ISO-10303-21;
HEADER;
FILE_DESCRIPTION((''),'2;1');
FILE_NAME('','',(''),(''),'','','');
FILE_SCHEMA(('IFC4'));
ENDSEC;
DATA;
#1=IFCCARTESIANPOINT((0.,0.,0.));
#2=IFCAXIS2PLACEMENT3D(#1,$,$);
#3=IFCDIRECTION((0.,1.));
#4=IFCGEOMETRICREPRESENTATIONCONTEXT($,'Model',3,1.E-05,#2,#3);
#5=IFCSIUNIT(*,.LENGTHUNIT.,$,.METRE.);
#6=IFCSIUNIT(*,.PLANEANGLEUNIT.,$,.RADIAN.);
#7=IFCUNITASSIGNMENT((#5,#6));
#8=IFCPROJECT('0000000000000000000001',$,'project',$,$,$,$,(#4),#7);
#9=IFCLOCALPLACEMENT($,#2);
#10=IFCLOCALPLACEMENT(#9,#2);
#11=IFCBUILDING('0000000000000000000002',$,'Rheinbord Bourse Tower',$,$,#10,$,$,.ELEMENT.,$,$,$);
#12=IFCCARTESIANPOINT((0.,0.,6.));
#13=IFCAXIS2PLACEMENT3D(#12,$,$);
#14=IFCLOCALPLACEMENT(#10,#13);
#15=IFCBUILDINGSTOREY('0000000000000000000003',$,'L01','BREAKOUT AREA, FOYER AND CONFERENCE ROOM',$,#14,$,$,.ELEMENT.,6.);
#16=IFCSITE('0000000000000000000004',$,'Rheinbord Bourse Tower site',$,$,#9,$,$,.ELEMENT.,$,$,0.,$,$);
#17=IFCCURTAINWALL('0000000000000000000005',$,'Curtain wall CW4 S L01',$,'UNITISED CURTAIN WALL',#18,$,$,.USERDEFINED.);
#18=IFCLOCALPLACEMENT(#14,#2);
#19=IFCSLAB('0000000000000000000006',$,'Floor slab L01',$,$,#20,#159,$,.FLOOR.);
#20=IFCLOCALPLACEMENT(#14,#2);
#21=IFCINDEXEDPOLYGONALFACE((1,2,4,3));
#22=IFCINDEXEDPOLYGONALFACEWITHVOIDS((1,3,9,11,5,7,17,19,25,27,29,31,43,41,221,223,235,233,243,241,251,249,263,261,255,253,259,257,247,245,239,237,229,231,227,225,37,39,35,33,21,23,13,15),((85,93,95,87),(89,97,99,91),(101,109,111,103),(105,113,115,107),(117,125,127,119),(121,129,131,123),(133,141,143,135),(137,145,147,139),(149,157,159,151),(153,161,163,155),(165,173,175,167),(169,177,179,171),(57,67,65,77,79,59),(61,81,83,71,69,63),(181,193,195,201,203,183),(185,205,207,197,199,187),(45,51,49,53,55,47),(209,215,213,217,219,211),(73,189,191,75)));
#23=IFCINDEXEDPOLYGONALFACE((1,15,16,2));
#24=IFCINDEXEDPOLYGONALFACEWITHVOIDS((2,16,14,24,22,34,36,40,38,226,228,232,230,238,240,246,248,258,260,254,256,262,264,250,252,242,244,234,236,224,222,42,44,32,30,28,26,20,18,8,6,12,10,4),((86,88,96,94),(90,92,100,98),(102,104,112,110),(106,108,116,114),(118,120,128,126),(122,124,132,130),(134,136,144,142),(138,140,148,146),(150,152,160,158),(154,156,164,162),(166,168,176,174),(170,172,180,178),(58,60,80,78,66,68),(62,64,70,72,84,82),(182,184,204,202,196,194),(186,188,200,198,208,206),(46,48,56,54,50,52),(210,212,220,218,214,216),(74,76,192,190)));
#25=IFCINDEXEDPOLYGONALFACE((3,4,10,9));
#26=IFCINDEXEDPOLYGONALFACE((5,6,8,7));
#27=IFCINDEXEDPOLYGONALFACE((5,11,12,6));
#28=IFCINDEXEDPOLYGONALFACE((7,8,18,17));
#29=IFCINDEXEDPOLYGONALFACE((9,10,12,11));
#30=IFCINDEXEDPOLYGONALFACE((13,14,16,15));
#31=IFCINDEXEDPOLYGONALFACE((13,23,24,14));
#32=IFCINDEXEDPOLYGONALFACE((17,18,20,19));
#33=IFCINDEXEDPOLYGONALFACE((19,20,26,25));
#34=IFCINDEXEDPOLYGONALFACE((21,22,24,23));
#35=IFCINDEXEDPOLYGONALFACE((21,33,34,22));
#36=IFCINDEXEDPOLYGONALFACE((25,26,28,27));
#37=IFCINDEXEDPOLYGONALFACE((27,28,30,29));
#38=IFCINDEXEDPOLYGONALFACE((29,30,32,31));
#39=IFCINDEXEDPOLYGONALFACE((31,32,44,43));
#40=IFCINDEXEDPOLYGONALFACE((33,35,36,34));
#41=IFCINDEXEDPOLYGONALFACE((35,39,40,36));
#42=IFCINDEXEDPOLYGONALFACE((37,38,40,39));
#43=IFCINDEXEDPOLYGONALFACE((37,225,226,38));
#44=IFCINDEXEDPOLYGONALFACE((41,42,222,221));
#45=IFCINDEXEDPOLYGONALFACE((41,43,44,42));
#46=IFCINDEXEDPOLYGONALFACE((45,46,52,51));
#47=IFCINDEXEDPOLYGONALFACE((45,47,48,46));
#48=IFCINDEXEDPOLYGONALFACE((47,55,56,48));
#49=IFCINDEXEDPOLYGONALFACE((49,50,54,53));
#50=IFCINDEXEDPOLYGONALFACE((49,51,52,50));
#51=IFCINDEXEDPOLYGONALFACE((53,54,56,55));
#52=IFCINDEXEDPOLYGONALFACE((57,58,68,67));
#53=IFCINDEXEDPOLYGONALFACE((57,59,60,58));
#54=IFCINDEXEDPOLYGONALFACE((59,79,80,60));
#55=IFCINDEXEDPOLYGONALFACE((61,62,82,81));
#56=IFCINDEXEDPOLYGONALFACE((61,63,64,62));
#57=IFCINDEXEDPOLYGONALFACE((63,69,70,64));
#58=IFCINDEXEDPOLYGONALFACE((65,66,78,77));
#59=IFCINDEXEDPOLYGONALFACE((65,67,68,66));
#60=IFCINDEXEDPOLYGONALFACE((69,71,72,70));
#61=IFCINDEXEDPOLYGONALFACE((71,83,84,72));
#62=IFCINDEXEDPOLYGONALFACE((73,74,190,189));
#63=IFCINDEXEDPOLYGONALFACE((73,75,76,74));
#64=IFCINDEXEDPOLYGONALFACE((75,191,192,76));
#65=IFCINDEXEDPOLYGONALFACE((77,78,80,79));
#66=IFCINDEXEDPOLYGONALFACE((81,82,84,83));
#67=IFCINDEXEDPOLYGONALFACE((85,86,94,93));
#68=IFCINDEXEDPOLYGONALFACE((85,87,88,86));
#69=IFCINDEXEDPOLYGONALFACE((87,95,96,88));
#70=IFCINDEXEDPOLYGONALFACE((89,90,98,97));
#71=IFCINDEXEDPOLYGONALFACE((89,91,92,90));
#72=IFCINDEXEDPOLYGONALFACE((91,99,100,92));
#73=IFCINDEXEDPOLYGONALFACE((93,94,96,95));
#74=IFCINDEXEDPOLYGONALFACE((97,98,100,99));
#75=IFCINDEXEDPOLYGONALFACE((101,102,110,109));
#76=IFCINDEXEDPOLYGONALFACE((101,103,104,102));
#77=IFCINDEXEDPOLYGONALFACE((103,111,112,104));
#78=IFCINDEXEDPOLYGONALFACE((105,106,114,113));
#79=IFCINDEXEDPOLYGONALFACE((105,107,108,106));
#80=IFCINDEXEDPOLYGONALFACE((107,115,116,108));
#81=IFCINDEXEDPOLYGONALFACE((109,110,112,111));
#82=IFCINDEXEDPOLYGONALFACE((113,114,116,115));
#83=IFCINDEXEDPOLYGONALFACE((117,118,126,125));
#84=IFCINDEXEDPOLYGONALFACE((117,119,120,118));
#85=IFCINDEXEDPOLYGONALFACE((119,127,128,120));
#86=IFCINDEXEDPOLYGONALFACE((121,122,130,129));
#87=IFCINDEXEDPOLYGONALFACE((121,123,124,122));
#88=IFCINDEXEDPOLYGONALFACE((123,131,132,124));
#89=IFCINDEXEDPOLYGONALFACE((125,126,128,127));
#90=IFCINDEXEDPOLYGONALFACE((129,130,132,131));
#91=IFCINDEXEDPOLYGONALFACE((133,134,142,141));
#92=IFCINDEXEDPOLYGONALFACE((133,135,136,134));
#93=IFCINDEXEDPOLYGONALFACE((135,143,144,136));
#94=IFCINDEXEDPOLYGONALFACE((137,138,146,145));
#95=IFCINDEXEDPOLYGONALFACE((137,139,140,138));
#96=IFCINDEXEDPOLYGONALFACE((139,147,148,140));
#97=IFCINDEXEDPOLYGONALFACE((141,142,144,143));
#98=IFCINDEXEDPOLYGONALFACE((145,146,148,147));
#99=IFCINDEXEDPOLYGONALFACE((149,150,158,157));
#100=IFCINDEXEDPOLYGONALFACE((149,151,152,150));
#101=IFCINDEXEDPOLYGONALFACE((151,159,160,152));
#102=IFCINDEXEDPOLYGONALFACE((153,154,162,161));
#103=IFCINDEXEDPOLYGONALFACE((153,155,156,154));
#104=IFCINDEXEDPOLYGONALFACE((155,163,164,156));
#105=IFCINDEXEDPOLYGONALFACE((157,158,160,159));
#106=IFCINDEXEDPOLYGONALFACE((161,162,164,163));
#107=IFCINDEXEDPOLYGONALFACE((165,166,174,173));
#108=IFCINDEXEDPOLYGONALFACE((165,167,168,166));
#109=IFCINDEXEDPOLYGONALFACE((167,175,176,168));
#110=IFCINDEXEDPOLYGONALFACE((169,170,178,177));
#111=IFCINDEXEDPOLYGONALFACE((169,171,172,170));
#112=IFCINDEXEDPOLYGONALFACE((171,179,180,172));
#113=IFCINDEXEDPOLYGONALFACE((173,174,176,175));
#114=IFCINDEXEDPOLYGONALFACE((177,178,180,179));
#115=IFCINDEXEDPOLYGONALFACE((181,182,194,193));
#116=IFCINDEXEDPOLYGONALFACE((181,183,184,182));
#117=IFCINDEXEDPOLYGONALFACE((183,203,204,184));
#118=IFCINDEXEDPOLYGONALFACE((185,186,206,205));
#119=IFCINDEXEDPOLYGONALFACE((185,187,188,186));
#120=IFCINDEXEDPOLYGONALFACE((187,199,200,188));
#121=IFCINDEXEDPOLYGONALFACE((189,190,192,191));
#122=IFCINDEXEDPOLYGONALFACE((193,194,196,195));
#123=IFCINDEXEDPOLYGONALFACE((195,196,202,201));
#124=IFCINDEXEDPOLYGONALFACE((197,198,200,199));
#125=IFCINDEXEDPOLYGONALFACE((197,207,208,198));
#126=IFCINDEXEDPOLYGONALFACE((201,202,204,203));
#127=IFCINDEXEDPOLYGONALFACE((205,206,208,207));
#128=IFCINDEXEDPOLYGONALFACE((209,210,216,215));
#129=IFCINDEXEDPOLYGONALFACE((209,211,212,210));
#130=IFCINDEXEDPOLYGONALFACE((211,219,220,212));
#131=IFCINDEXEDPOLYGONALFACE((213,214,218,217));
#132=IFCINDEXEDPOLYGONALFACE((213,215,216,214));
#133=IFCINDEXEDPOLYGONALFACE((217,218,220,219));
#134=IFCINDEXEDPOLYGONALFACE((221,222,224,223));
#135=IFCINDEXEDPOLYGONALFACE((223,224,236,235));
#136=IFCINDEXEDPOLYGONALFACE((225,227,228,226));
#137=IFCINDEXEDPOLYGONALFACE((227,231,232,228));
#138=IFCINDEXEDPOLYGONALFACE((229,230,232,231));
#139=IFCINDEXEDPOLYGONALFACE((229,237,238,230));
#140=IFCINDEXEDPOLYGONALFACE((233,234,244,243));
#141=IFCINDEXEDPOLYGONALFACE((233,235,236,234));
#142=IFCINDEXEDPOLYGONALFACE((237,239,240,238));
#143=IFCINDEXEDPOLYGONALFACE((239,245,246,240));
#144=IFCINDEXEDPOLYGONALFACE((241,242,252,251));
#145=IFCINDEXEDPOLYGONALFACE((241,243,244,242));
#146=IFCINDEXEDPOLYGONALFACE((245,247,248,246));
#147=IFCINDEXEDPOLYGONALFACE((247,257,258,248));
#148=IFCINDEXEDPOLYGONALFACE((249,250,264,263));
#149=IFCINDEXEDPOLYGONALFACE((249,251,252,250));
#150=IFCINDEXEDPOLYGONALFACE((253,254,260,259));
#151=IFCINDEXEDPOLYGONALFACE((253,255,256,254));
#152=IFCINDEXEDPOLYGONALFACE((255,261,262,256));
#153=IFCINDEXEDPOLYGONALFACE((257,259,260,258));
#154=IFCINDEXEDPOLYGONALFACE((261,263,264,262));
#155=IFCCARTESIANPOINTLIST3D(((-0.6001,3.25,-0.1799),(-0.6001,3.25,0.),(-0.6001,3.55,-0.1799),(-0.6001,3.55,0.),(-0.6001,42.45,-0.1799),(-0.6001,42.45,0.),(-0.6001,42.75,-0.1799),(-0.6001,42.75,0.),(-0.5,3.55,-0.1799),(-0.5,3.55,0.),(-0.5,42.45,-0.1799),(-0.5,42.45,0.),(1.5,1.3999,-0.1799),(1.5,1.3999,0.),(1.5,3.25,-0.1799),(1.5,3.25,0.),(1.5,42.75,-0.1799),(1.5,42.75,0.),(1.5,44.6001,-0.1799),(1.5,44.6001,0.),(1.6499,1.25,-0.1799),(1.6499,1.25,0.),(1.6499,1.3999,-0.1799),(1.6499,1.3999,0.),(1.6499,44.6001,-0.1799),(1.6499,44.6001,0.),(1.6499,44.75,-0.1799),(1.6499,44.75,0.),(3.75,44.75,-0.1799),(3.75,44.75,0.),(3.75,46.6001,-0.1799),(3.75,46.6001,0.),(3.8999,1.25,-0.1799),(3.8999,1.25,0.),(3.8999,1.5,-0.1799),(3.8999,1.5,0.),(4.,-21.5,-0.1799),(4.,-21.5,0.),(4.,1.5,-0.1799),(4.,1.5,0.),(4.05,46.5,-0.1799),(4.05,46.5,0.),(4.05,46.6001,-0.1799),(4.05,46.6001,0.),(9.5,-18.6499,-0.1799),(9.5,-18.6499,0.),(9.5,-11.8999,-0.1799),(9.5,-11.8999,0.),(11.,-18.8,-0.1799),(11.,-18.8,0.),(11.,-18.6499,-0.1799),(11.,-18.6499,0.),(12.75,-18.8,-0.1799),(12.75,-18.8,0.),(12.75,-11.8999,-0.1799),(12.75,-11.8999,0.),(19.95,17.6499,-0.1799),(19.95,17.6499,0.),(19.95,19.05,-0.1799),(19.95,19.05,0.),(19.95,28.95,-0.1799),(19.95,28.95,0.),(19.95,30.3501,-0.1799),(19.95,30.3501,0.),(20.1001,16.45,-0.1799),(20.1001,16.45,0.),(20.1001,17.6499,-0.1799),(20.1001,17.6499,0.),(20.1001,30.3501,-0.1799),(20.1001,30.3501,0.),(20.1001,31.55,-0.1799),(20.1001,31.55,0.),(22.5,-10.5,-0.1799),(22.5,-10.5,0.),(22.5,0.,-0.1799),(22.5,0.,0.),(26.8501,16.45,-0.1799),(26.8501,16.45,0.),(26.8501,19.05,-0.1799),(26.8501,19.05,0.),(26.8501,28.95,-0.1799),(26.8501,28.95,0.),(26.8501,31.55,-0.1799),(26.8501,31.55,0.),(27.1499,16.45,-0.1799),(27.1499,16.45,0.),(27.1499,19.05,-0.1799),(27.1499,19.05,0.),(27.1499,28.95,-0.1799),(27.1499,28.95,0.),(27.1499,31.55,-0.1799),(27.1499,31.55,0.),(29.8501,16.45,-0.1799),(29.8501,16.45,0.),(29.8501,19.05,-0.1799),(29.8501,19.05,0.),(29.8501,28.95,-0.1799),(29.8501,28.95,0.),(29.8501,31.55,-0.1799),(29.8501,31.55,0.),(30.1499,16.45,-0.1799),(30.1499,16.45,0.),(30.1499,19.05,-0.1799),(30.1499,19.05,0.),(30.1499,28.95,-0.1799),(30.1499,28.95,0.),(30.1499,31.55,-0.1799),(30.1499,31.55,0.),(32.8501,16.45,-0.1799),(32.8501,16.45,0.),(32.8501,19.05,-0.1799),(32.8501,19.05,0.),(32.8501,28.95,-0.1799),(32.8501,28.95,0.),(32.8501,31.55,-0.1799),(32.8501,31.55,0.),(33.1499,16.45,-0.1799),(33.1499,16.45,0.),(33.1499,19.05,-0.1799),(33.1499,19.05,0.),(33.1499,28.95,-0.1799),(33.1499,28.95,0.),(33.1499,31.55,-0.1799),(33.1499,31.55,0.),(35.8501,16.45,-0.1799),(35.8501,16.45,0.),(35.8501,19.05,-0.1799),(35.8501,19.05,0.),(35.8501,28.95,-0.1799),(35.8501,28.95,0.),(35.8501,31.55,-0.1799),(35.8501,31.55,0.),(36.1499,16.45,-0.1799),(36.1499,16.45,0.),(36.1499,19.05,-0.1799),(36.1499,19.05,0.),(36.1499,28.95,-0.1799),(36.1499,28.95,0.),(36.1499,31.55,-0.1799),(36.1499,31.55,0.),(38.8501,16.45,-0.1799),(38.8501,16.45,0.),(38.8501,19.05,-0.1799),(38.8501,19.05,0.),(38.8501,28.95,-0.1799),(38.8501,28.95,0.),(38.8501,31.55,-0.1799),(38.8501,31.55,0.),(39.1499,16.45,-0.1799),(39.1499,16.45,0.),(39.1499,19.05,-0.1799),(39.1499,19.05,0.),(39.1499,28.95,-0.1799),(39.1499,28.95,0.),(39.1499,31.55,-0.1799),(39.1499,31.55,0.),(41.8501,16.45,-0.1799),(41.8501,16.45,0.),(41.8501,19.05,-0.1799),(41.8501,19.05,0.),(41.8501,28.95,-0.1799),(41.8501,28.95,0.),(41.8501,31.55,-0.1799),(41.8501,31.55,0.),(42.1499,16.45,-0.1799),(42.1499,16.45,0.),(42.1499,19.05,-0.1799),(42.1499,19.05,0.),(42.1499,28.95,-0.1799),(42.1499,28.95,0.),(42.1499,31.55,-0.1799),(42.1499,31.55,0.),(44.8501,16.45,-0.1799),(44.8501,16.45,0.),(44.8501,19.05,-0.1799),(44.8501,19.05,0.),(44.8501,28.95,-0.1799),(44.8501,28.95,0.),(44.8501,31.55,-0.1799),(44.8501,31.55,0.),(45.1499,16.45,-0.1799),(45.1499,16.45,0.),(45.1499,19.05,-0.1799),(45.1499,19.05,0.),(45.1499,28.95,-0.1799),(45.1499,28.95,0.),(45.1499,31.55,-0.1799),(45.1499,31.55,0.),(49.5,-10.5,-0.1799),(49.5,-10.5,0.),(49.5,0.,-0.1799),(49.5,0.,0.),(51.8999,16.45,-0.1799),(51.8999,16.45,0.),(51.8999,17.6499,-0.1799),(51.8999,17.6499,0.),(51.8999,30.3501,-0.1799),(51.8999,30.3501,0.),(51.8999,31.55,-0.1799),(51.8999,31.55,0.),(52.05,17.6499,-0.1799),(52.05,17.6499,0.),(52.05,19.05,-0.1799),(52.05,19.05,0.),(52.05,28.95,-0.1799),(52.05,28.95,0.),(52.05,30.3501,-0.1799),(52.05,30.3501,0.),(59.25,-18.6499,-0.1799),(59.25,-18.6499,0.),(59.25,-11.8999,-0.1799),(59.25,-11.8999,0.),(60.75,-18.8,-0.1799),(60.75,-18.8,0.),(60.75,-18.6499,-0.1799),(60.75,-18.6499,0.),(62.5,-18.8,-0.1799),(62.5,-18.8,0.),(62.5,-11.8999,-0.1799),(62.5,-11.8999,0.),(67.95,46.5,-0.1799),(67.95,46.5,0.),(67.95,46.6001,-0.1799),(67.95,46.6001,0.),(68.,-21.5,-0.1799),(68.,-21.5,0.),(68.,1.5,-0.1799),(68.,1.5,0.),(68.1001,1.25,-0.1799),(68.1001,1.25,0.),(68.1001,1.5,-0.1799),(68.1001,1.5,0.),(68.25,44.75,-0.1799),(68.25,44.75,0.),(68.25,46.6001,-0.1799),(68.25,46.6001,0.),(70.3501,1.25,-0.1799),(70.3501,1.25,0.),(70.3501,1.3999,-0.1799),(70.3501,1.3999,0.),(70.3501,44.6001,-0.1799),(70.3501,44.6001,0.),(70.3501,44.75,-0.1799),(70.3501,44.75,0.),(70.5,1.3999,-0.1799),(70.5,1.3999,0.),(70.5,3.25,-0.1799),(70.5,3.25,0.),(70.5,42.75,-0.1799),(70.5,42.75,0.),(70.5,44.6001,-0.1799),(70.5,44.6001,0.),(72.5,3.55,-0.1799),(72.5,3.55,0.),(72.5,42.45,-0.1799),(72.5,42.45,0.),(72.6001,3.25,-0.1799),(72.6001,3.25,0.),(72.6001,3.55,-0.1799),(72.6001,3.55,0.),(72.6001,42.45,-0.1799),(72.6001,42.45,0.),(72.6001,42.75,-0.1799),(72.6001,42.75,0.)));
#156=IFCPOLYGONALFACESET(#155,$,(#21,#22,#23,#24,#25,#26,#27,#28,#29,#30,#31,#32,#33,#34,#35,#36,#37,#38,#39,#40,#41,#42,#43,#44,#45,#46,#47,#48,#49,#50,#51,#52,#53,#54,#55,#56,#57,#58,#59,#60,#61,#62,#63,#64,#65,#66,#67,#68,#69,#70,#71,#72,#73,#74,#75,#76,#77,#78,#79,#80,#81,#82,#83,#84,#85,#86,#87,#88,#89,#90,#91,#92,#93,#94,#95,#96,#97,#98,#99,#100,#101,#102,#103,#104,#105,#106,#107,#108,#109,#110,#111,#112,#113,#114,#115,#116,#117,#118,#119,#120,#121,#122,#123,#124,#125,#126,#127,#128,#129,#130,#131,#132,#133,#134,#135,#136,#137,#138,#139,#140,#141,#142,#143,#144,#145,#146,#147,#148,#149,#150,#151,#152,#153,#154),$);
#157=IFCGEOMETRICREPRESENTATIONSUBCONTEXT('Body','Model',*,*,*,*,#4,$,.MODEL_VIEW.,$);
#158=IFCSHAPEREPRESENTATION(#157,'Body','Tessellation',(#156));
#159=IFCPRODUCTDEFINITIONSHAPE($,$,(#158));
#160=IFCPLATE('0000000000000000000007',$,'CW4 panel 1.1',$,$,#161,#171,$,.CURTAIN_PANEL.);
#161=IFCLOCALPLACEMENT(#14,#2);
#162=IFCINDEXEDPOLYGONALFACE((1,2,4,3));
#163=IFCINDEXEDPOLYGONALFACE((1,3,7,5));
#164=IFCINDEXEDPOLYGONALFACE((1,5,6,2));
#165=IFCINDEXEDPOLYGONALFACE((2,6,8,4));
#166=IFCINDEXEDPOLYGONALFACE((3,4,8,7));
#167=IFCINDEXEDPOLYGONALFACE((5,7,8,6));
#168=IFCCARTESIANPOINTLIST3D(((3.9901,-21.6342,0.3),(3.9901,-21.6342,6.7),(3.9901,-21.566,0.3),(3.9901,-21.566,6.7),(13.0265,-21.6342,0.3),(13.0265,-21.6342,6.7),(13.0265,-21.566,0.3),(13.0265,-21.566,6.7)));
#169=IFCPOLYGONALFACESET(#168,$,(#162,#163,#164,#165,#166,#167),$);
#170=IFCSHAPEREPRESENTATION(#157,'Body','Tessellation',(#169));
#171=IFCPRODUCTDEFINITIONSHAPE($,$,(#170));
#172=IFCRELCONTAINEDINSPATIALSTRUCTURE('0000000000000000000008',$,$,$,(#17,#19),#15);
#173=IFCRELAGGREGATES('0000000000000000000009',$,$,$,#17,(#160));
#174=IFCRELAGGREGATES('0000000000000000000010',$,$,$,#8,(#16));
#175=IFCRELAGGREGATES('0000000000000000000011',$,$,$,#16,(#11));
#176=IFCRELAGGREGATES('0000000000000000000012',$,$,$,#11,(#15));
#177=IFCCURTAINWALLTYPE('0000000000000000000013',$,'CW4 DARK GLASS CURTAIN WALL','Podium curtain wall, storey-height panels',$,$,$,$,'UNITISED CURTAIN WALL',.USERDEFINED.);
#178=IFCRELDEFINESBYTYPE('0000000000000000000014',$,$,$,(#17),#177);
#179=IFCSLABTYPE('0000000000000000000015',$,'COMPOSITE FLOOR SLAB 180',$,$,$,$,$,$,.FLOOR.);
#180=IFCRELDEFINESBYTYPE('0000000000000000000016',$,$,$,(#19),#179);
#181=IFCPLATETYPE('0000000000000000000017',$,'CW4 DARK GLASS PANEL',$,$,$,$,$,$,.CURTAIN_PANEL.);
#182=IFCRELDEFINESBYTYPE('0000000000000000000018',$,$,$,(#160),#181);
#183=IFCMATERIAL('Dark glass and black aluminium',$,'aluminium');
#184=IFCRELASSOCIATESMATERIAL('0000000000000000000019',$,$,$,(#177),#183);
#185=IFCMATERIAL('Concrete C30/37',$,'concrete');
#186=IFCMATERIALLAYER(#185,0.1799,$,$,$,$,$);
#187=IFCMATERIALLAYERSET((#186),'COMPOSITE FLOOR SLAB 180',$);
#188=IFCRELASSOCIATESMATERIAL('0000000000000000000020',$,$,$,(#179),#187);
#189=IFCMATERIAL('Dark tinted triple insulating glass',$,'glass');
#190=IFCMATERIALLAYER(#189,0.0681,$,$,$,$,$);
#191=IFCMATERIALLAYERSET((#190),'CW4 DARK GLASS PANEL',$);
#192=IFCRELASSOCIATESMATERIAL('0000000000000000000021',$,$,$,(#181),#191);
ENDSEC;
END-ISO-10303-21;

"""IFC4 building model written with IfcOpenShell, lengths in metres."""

from ifc_helpers import new_model, si_unit, direction, frame, origin, origin_2d, place, context, subcontext, project, spatial, polyline, rectangle, outline, extrude, material, layer, layer_set, type_object, element, aggregate, save


model = new_model("IFC4")

# Units and contexts
model_context = context("Model", 3, precision=1e-05, world=origin(), true_north=direction((0.0, 1.0)))
body_context = subcontext(model_context, "Body", "Model", "MODEL_VIEW")
ifc_project = project(units=[si_unit("LENGTHUNIT", "METRE"), si_unit("PLANEANGLEUNIT", "RADIAN")], contexts=[model_context])

# Site, building, storey
site_placement = place(None, origin())
site = spatial("IfcSite", under=ifc_project, at=site_placement, Name="Rheinbord Bourse Tower site", CompositionType="ELEMENT", RefElevation=0.0)
building_placement = place(site_placement, origin())
building = spatial("IfcBuilding", under=site, at=building_placement, Name="Rheinbord Bourse Tower", CompositionType="ELEMENT")
storey_placement = place(building_placement, frame((0.0, 0.0, 6.0)))
storey = spatial("IfcBuildingStorey", under=building, at=storey_placement, Name="L01", Description="BREAKOUT AREA, FOYER AND CONFERENCE ROOM", CompositionType="ELEMENT", Elevation=6.0)

# Curtain wall
ifc_material_1 = material(Name="Dark glass and black aluminium", Category="aluminium")
curtain_wall_type = type_object("IfcCurtainWallType", Name="CW4 DARK GLASS CURTAIN WALL", Description="Podium curtain wall, storey-height panels", ElementType="UNITISED CURTAIN WALL", PredefinedType="USERDEFINED", material=ifc_material_1)
curtain_wall_1_placement = place(storey_placement, origin())
curtain_wall_1 = element("IfcCurtainWall", 1, at=curtain_wall_1_placement, inside=storey, type_object=curtain_wall_type, Name="Curtain wall CW4 S L01", ObjectType="UNITISED CURTAIN WALL", PredefinedType="USERDEFINED")

# Slab
ifc_material_2 = material(Name="Concrete C30/37", Category="concrete")
ifc_layer_1 = layer(ifc_material_2, 0.1799)
ifc_layer_set_1 = layer_set([ifc_layer_1], Name="COMPOSITE FLOOR SLAB 180")
slab_type_1 = type_object("IfcSlabType", Name="COMPOSITE FLOOR SLAB 180", PredefinedType="FLOOR", material=ifc_layer_set_1)
slab_1_placement = place(storey_placement, frame((0.0, 0.0, -0.1799)))
element("IfcSlab", 2, at=slab_1_placement, inside=storey, type_object=slab_type_1, Name="Floor slab L01", PredefinedType="FLOOR", context=body_context, shape_type="SweptSolid", body=[
    extrude(outline(polyline([(1.6499, 1.3999), (1.5, 1.3999), (1.5, 3.25), (-0.6001, 3.25), (-0.6001, 3.55), (-0.5, 3.55), (-0.5, 42.45), (-0.6001, 42.45), (-0.6001, 42.75), (1.5, 42.75), (1.5, 44.6001), (1.6499, 44.6001), (1.6499, 44.75), (3.75, 44.75), (3.75, 46.6001), (4.05, 46.6001), (4.05, 46.5), (67.95, 46.5), (67.95, 46.6001), (68.25, 46.6001), (68.25, 44.75), (70.3501, 44.75), (70.3501, 44.6001), (70.5, 44.6001), (70.5, 42.75), (72.6001, 42.75), (72.6001, 42.45), (72.5, 42.45), (72.5, 3.55), (72.6001, 3.55), (72.6001, 3.25), (70.5, 3.25), (70.5, 1.3999), (70.3501, 1.3999), (70.3501, 1.25), (68.1001, 1.25), (68.1001, 1.5), (68.0, 1.5), (68.0, -21.5), (4.0, -21.5), (4.0, 1.5), (3.8999, 1.5), (3.8999, 1.25), (1.6499, 1.25), (1.6499, 1.3999)]), holes=[polyline([(19.95, 19.05), (26.8501, 19.05), (26.8501, 16.45), (20.1001, 16.45), (20.1001, 17.6499), (19.95, 17.6499), (19.95, 19.05)]), polyline([(26.8501, 31.55), (26.8501, 28.95), (19.95, 28.95), (19.95, 30.3501), (20.1001, 30.3501), (20.1001, 31.55), (26.8501, 31.55)]), polyline([(45.1499, 16.45), (45.1499, 19.05), (52.05, 19.05), (52.05, 17.6499), (51.8999, 17.6499), (51.8999, 16.45), (45.1499, 16.45)]), polyline([(52.05, 28.95), (45.1499, 28.95), (45.1499, 31.55), (51.8999, 31.55), (51.8999, 30.3501), (52.05, 30.3501), (52.05, 28.95)]), polyline([(9.5, -11.8999), (12.75, -11.8999), (12.75, -18.8), (11.0, -18.8), (11.0, -18.6499), (9.5, -18.6499), (9.5, -11.8999)]), polyline([(59.25, -11.8999), (62.5, -11.8999), (62.5, -18.8), (60.75, -18.8), (60.75, -18.6499), (59.25, -18.6499), (59.25, -11.8999)]), polyline([(22.5, -10.5), (22.5, 0.0), (49.5, 0.0), (49.5, -10.5), (22.5, -10.5)]), polyline([(27.1499, 16.45), (27.1499, 19.05), (29.8501, 19.05), (29.8501, 16.45), (27.1499, 16.45)]), polyline([(27.1499, 28.95), (27.1499, 31.55), (29.8501, 31.55), (29.8501, 28.95), (27.1499, 28.95)]), polyline([(30.1499, 16.45), (30.1499, 19.05), (32.8501, 19.05), (32.8501, 16.45), (30.1499, 16.45)]), polyline([(30.1499, 28.95), (30.1499, 31.55), (32.8501, 31.55), (32.8501, 28.95), (30.1499, 28.95)]), polyline([(33.1499, 16.45), (33.1499, 19.05), (35.8501, 19.05), (35.8501, 16.45), (33.1499, 16.45)]), polyline([(33.1499, 28.95), (33.1499, 31.55), (35.8501, 31.55), (35.8501, 28.95), (33.1499, 28.95)]), polyline([(36.1499, 16.45), (36.1499, 19.05), (38.8501, 19.05), (38.8501, 16.45), (36.1499, 16.45)]), polyline([(36.1499, 28.95), (36.1499, 31.55), (38.8501, 31.55), (38.8501, 28.95), (36.1499, 28.95)]), polyline([(39.1499, 16.45), (39.1499, 19.05), (41.8501, 19.05), (41.8501, 16.45), (39.1499, 16.45)]), polyline([(39.1499, 28.95), (39.1499, 31.55), (41.8501, 31.55), (41.8501, 28.95), (39.1499, 28.95)]), polyline([(42.1499, 16.45), (42.1499, 19.05), (44.8501, 19.05), (44.8501, 16.45), (42.1499, 16.45)]), polyline([(42.1499, 28.95), (42.1499, 31.55), (44.8501, 31.55), (44.8501, 28.95), (42.1499, 28.95)])]), origin(), (0.0, 0.0, 1.0), 0.1799),
])

# Plate
ifc_material_3 = material(Name="Dark tinted triple insulating glass", Category="glass")
ifc_layer_2 = layer(ifc_material_3, 0.0681)
ifc_layer_set_2 = layer_set([ifc_layer_2], Name="CW4 DARK GLASS PANEL")
plate_type = type_object("IfcPlateType", Name="CW4 DARK GLASS PANEL", PredefinedType="CURTAIN_PANEL", material=ifc_layer_set_2)
plate_1_placement = place(storey_placement, frame((8.5083, -21.6001, 0.3), z_axis=(0.0, 0.0, 1.0), x_axis=(1.0, 0.0, 0.0)))
plate_1 = element("IfcPlate", 3, at=plate_1_placement, type_object=plate_type, Name="CW4 panel 1.1", PredefinedType="CURTAIN_PANEL", context=body_context, shape_type="SweptSolid", body=[
    extrude(rectangle(XDim=9.0364, YDim=0.0681, at=origin_2d()), origin(), (0.0, 0.0, 1.0), 6.3999),
])
aggregate(curtain_wall_1, [plate_1])

save(model, "model.ifc")
